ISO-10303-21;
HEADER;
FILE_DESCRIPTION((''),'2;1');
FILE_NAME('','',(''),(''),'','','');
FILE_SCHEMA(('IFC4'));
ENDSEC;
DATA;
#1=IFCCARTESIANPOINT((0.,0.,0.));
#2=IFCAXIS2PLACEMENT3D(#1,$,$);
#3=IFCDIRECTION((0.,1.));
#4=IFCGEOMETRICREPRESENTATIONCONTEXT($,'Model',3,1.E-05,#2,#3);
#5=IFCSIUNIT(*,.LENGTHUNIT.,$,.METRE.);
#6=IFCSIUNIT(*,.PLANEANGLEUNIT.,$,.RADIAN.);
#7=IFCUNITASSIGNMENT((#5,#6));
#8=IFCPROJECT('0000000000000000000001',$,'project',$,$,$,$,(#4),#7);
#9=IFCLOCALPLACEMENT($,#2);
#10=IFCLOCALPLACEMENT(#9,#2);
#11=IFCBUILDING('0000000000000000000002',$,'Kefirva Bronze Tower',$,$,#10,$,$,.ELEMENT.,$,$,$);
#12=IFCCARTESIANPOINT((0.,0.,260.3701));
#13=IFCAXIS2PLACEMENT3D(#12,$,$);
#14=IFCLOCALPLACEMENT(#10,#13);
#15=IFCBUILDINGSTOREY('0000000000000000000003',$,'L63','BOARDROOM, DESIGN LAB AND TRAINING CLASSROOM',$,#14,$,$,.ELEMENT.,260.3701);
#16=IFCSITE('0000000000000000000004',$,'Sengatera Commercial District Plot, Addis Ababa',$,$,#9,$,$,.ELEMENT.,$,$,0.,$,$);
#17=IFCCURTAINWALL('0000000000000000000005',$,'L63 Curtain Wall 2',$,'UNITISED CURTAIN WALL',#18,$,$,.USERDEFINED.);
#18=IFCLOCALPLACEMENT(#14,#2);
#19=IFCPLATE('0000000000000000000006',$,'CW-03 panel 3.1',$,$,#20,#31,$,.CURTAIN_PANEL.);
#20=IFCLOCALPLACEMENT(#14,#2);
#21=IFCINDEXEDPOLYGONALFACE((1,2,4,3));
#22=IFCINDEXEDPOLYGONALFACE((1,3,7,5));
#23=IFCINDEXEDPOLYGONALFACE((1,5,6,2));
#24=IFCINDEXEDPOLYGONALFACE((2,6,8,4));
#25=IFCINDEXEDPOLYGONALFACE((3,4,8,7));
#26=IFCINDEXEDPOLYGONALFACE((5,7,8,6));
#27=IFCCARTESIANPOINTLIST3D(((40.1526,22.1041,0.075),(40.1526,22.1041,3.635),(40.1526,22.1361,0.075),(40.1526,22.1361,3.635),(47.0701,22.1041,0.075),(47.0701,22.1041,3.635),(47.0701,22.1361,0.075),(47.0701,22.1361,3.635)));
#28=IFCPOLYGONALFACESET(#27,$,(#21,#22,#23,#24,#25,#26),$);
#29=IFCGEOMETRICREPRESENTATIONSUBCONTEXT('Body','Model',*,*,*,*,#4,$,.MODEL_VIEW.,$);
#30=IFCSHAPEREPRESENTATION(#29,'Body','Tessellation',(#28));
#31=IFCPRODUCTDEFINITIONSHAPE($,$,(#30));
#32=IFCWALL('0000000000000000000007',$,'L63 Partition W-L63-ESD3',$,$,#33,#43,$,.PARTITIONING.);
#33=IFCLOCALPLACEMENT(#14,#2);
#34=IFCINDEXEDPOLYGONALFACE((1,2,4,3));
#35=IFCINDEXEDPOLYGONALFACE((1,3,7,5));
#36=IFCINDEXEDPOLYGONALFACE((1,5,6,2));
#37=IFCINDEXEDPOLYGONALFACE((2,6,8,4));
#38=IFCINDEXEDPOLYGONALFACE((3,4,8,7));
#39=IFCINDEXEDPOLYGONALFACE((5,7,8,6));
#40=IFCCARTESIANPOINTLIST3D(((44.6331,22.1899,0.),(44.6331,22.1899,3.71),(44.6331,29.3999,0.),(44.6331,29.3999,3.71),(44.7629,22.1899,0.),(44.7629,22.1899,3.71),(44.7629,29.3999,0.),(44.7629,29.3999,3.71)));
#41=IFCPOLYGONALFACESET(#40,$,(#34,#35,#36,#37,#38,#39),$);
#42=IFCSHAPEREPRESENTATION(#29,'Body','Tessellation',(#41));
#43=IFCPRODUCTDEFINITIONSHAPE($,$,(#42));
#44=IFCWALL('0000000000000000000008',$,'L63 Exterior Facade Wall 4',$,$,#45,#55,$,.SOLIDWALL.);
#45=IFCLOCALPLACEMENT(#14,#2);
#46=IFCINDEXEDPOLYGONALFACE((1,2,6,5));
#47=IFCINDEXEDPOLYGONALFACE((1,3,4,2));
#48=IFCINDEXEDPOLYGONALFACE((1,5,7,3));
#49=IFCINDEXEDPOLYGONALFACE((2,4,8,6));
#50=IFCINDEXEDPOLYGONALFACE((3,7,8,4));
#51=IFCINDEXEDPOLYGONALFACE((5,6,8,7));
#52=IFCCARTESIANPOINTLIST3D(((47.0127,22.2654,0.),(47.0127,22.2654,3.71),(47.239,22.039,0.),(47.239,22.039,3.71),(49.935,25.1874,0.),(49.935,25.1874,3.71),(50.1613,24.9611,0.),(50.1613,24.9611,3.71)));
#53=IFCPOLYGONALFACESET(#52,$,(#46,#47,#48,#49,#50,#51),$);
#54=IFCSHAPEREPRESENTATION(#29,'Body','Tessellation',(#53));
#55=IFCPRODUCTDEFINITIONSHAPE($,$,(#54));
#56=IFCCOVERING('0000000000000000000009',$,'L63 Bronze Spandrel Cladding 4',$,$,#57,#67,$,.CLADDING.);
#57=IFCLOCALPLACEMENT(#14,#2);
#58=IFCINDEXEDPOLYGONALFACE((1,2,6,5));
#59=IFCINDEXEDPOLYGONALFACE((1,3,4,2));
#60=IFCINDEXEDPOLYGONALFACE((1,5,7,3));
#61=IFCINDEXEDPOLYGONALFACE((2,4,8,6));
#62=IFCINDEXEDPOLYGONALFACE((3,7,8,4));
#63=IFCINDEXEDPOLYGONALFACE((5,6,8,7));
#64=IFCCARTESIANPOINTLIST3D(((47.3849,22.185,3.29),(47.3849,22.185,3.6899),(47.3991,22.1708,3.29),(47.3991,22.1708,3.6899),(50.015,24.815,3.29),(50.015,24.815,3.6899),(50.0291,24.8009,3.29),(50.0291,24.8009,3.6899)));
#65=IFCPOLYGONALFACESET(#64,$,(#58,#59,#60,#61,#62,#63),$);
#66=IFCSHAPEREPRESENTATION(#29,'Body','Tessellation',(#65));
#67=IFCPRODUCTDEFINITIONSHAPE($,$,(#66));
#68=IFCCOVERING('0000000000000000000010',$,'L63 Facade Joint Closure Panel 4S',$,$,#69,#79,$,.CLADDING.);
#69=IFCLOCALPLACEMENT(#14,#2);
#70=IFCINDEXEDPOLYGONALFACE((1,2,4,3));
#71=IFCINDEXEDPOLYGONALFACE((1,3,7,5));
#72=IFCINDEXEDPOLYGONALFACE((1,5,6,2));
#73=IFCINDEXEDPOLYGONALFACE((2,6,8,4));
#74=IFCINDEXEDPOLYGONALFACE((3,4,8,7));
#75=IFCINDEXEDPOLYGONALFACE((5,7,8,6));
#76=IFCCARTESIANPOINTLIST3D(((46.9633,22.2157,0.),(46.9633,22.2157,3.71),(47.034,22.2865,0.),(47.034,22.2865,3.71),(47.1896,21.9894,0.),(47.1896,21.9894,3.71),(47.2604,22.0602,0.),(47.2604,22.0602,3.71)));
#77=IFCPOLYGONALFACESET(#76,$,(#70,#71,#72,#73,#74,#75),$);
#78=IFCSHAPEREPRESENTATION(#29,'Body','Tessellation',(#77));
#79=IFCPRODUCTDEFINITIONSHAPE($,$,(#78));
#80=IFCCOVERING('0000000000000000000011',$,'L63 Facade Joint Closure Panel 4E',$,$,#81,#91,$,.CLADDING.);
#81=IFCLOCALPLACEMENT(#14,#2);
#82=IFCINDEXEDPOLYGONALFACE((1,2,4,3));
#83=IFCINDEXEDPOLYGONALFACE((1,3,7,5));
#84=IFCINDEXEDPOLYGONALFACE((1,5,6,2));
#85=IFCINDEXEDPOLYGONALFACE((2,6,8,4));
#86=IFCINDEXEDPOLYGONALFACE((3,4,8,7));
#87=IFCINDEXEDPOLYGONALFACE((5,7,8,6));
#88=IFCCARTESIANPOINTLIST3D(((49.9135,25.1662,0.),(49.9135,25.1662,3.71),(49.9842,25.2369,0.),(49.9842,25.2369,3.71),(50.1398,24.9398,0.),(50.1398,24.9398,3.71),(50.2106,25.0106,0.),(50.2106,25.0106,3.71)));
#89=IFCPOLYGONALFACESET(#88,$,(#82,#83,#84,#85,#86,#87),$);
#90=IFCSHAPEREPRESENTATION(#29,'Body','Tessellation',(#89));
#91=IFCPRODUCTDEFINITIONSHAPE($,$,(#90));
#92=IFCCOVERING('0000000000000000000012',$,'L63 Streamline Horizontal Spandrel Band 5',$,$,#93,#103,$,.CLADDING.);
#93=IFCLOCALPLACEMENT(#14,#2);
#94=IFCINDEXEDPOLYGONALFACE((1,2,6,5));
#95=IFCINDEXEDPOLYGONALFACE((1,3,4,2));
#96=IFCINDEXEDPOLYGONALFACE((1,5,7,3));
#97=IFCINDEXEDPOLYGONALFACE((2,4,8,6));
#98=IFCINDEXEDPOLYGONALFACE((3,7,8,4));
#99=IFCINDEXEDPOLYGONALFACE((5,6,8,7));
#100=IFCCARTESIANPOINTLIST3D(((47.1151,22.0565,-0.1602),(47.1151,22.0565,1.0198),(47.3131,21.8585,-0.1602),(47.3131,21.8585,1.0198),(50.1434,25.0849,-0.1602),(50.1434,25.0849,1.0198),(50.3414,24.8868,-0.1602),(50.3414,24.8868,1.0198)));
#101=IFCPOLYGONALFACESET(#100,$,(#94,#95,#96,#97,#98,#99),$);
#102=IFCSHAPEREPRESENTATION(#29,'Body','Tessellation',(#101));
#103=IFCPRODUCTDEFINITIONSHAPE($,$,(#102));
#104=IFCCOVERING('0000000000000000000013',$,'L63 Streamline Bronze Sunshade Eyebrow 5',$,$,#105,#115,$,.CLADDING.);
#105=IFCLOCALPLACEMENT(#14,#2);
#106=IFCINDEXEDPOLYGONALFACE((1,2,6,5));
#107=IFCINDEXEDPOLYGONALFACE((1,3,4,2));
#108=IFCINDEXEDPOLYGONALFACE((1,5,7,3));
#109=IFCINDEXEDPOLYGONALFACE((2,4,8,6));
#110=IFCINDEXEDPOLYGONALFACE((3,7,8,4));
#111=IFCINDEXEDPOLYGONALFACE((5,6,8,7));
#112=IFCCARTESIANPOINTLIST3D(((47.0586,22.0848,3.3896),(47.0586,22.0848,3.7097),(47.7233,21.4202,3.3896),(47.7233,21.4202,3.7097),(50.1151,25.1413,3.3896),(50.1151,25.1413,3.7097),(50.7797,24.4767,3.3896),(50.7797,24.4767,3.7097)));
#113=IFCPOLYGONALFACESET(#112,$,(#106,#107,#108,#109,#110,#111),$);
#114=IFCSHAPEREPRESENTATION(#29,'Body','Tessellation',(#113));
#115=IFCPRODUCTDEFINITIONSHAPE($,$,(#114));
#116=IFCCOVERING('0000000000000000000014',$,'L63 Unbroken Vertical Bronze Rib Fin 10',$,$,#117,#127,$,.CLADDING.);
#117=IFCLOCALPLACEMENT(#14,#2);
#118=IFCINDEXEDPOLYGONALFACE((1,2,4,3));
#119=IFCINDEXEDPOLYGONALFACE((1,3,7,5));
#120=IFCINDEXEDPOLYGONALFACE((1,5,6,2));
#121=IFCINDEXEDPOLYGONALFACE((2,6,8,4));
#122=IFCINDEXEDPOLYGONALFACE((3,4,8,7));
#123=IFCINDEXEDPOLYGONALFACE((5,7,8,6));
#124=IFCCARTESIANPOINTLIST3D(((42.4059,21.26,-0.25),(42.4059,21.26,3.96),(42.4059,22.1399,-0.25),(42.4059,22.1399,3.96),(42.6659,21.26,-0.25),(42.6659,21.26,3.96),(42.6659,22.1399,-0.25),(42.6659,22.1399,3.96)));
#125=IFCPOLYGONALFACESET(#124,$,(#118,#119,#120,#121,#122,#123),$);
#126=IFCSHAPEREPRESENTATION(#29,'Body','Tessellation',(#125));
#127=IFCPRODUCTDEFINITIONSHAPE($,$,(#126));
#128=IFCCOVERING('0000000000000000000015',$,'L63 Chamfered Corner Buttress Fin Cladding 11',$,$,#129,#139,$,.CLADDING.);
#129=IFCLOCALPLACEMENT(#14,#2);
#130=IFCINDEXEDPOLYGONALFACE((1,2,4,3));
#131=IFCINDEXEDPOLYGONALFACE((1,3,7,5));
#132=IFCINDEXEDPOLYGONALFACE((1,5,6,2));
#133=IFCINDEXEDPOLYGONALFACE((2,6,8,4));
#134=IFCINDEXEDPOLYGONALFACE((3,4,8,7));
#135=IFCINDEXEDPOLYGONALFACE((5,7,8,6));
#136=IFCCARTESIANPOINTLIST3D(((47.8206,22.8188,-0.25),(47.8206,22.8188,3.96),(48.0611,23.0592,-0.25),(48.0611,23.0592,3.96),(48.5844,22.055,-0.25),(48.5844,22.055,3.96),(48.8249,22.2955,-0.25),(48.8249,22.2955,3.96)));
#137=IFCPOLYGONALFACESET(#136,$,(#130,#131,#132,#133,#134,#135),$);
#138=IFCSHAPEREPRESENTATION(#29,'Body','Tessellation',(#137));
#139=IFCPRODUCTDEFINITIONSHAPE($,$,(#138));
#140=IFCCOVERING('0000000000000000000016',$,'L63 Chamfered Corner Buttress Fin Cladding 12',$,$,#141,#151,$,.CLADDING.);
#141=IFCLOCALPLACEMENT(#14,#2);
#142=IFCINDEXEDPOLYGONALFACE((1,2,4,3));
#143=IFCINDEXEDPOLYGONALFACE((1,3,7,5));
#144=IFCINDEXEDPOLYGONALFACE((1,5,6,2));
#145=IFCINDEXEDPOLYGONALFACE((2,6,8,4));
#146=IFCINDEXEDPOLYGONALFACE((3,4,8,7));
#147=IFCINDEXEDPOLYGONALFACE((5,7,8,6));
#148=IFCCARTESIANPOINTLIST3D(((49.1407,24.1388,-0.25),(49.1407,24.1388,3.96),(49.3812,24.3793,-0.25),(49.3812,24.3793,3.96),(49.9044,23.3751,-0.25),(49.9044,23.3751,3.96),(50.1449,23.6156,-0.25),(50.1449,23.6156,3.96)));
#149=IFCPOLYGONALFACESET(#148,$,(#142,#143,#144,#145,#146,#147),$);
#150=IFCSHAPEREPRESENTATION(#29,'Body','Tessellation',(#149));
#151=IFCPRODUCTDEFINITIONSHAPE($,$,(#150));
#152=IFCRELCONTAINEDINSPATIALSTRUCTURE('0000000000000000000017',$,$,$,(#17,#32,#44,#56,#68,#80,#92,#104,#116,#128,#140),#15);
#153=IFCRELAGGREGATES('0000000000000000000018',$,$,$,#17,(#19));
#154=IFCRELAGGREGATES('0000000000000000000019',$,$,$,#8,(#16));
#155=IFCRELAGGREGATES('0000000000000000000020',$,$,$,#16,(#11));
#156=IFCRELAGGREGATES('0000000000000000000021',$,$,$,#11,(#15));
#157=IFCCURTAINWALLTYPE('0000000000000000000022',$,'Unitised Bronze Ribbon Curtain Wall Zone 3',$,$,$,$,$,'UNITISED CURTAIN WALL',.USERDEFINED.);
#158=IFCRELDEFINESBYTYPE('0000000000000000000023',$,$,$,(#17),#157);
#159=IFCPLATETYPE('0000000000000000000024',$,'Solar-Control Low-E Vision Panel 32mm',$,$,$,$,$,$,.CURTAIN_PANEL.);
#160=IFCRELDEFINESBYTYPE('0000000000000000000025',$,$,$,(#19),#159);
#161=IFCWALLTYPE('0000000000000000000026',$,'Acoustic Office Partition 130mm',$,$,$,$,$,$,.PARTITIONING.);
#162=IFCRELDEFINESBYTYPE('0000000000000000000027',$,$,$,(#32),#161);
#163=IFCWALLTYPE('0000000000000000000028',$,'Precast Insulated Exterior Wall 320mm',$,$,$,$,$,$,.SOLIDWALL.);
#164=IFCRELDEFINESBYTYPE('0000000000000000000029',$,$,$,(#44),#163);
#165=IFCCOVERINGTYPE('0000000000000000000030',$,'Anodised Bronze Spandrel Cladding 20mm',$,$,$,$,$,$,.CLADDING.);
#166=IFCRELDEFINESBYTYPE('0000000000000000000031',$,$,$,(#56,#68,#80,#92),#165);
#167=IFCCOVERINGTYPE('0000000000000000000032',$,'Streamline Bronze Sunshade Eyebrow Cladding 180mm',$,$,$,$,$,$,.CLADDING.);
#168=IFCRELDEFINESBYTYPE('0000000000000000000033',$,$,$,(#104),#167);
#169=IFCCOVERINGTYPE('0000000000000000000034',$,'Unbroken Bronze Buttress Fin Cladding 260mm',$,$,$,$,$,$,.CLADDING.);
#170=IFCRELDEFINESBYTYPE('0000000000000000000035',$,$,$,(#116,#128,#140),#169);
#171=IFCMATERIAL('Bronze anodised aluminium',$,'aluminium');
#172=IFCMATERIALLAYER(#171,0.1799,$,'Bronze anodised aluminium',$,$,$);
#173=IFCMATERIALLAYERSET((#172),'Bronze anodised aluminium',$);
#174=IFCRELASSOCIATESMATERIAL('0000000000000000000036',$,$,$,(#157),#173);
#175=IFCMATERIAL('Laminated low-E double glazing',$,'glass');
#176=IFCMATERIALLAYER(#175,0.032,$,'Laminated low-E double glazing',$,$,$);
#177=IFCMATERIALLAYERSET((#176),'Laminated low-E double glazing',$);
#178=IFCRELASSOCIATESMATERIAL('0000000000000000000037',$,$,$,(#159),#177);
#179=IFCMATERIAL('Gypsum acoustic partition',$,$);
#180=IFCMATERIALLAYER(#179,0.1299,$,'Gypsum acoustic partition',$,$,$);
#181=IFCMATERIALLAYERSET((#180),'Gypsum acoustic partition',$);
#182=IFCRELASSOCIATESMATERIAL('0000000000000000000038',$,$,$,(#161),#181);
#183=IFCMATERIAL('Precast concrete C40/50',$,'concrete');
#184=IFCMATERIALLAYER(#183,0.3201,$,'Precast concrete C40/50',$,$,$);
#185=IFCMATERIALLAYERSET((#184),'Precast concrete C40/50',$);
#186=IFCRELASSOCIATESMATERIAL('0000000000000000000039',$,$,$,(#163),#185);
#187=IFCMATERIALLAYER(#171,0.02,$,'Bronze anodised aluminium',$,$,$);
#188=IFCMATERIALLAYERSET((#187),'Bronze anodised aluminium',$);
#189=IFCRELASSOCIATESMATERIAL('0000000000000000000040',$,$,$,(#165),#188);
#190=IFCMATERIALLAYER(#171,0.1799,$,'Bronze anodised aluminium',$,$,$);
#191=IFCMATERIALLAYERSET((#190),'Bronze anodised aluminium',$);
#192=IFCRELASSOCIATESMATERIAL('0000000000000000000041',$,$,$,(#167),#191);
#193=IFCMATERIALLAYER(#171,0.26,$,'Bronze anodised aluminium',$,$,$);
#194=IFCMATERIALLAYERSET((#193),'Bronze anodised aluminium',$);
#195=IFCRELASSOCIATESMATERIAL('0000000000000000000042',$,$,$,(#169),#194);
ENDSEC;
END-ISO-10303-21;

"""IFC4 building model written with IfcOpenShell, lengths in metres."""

from ifc_helpers import new_model, si_unit, direction, frame, frame_2d, origin, origin_2d, place, context, subcontext, project, spatial, rectangle, extrude, material, layer, layer_set, type_object, element, aggregate, save


model = new_model("IFC4")

# Units and contexts
model_context = context("Model", 3, precision=1e-05, world=origin(), true_north=direction((0.0, 1.0)))
body_context = subcontext(model_context, "Body", "Model", "MODEL_VIEW")
ifc_project = project(units=[si_unit("LENGTHUNIT", "METRE"), si_unit("PLANEANGLEUNIT", "RADIAN")], contexts=[model_context])

# Site, building, storey
site_placement = place(None, origin())
site = spatial("IfcSite", under=ifc_project, at=site_placement, Name="Sengatera Commercial District Plot, Addis Ababa", CompositionType="ELEMENT", RefElevation=0.0)
building_placement = place(site_placement, origin())
building = spatial("IfcBuilding", under=site, at=building_placement, Name="Kefirva Bronze Tower", CompositionType="ELEMENT")
storey_placement = place(building_placement, frame((0.0, 0.0, 260.3701)))
storey = spatial("IfcBuildingStorey", under=building, at=storey_placement, Name="L63", Description="BOARDROOM, DESIGN LAB AND TRAINING CLASSROOM", CompositionType="ELEMENT", Elevation=260.3701)

# Curtain wall
ifc_material_1 = material(Name="Bronze anodised aluminium", Category="aluminium")
ifc_layer_1 = layer(ifc_material_1, 0.1799, Name="Bronze anodised aluminium")
ifc_layer_set_1 = layer_set([ifc_layer_1], Name="Bronze anodised aluminium")
curtain_wall_type = type_object("IfcCurtainWallType", Name="Unitised Bronze Ribbon Curtain Wall Zone 3", ElementType="UNITISED CURTAIN WALL", PredefinedType="USERDEFINED", material=ifc_layer_set_1)
curtain_wall_1_placement = place(storey_placement, origin())
curtain_wall_1 = element("IfcCurtainWall", 1, at=curtain_wall_1_placement, inside=storey, type_object=curtain_wall_type, Name="L63 Curtain Wall 2", ObjectType="UNITISED CURTAIN WALL", PredefinedType="USERDEFINED")

# Plate
ifc_material_2 = material(Name="Laminated low-E double glazing", Category="glass")
ifc_layer_2 = layer(ifc_material_2, 0.032, Name="Laminated low-E double glazing")
ifc_layer_set_2 = layer_set([ifc_layer_2], Name="Laminated low-E double glazing")
plate_type = type_object("IfcPlateType", Name="Solar-Control Low-E Vision Panel 32mm", PredefinedType="CURTAIN_PANEL", material=ifc_layer_set_2)
plate_placement = place(storey_placement, frame((43.6113, 22.1201, 0.075), z_axis=(0.0, 0.0, 1.0), x_axis=(1.0, 0.0, 0.0)))
plate = element("IfcPlate", 2, at=plate_placement, type_object=plate_type, Name="CW-03 panel 3.1", PredefinedType="CURTAIN_PANEL", context=body_context, shape_type="SweptSolid", body=[
    extrude(rectangle(XDim=6.9175, YDim=0.032, at=origin_2d()), origin(), (0.0, 0.0, 1.0), 3.5601),
])
aggregate(curtain_wall_1, [plate])

# Walls
ifc_material_3 = material(Name="Gypsum acoustic partition")
ifc_layer_3 = layer(ifc_material_3, 0.1299, Name="Gypsum acoustic partition")
ifc_layer_set_3 = layer_set([ifc_layer_3], Name="Gypsum acoustic partition")
wall_type_1 = type_object("IfcWallType", Name="Acoustic Office Partition 130mm", PredefinedType="PARTITIONING", material=ifc_layer_set_3)
wall_1_placement = place(storey_placement, frame((44.698, 22.1899, 0.0), z_axis=(0.0, 0.0, 1.0), x_axis=(0.0, 1.0, 0.0)))
element("IfcWall", 3, at=wall_1_placement, inside=storey, type_object=wall_type_1, Name="L63 Partition W-L63-ESD3", PredefinedType="PARTITIONING", context=body_context, shape_type="SweptSolid", body=[
    extrude(rectangle(XDim=7.21, YDim=0.1299, at=frame_2d((3.605, 0.0))), origin(), (0.0, 0.0, 1.0), 3.71),
])
ifc_material_4 = material(Name="Precast concrete C40/50", Category="concrete")
ifc_layer_4 = layer(ifc_material_4, 0.3201, Name="Precast concrete C40/50")
ifc_layer_set_4 = layer_set([ifc_layer_4], Name="Precast concrete C40/50")
wall_type_2 = type_object("IfcWallType", Name="Precast Insulated Exterior Wall 320mm", PredefinedType="SOLIDWALL", material=ifc_layer_set_4)
wall_2_placement = place(storey_placement, frame((47.1257, 22.1521, 0.0), z_axis=(0.0, 0.0, 1.0), x_axis=(0.707136, 0.707077, 0.0)))
element("IfcWall", 4, at=wall_2_placement, inside=storey, type_object=wall_type_2, Name="L63 Exterior Facade Wall 4", PredefinedType="SOLIDWALL", context=body_context, shape_type="SweptSolid", body=[
    extrude(rectangle(XDim=4.1326, YDim=0.3201, at=frame_2d((2.0664, 0.0))), origin(), (0.0, 0.0, 1.0), 3.71),
])

# Coverings
ifc_layer_5 = layer(ifc_material_1, 0.02, Name="Bronze anodised aluminium")
ifc_layer_set_5 = layer_set([ifc_layer_5], Name="Bronze anodised aluminium")
covering_type_1 = type_object("IfcCoveringType", Name="Anodised Bronze Spandrel Cladding 20mm", PredefinedType="CLADDING", material=ifc_layer_set_5)
covering_1_placement = place(storey_placement, frame((48.707, 23.4929, 3.29), z_axis=(0.0, 0.0, 1.0), x_axis=(0.707107, 0.707107, 0.0)))
element("IfcCovering", 5, at=covering_1_placement, inside=storey, type_object=covering_type_1, Name="L63 Bronze Spandrel Cladding 4", PredefinedType="CLADDING", context=body_context, shape_type="SweptSolid", body=[
    extrude(rectangle(XDim=3.7195, YDim=0.02, at=origin_2d()), origin(), (0.0, 0.0, 1.0), 0.3999),
])
for number, where, z_axis, x_axis, name in (
    (6, (47.1118, 22.1379, 0.0), (0.0, 0.0, 1.0), (0.707107, 0.707107, 0.0), "L63 Facade Joint Closure Panel 4S"),
    (7, (50.062, 25.0884, 0.0), (0.0, 0.0, 1.0), (0.707107, 0.707107, 0.0), "L63 Facade Joint Closure Panel 4E"),
):
    element("IfcCovering", number, at=place(storey_placement, frame(where, z_axis=z_axis, x_axis=x_axis)), inside=storey, type_object=covering_type_1, Name=name, PredefinedType="CLADDING", context=body_context, shape_type="SweptSolid", body=[
        extrude(rectangle(XDim=0.1001, YDim=0.3201, at=origin_2d()), origin(), (0.0, 0.0, 1.0), 3.71),
    ])
covering_2_placement = place(storey_placement, frame((48.7283, 23.4717, -0.1602), z_axis=(0.0, 0.0, 1.0), x_axis=(0.707107, 0.707107, 0.0)))
element("IfcCovering", 8, at=covering_2_placement, inside=storey, type_object=covering_type_1, Name="L63 Streamline Horizontal Spandrel Band 5", PredefinedType="CLADDING", context=body_context, shape_type="SweptSolid", body=[
    extrude(rectangle(XDim=4.2827, YDim=0.28, at=origin_2d()), origin(), (0.0, 0.0, 1.0), 1.1799),
])
ifc_layer_6 = layer(ifc_material_1, 0.1799, Name="Bronze anodised aluminium")
ifc_layer_set_6 = layer_set([ifc_layer_6], Name="Bronze anodised aluminium")
covering_type_2 = type_object("IfcCoveringType", Name="Streamline Bronze Sunshade Eyebrow Cladding 180mm", PredefinedType="CLADDING", material=ifc_layer_set_6)
covering_3_placement = place(storey_placement, frame((48.9192, 23.2808, 3.3896), z_axis=(0.0, 0.0, 1.0), x_axis=(0.707107, 0.707107, 0.0)))
element("IfcCovering", 9, at=covering_3_placement, inside=storey, type_object=covering_type_2, Name="L63 Streamline Bronze Sunshade Eyebrow 5", PredefinedType="CLADDING", context=body_context, shape_type="SweptSolid", body=[
    extrude(rectangle(XDim=4.3225, YDim=0.9399, at=origin_2d()), origin(), (0.0, 0.0, 1.0), 0.3201),
])
ifc_layer_7 = layer(ifc_material_1, 0.26, Name="Bronze anodised aluminium")
ifc_layer_set_7 = layer_set([ifc_layer_7], Name="Bronze anodised aluminium")
covering_type_3 = type_object("IfcCoveringType", Name="Unbroken Bronze Buttress Fin Cladding 260mm", PredefinedType="CLADDING", material=ifc_layer_set_7)
covering_4_placement = place(storey_placement, frame((42.5359, 21.7, -0.25), z_axis=(0.0, 0.0, 1.0), x_axis=(1.0, 0.0, 0.0)))
element("IfcCovering", 10, at=covering_4_placement, inside=storey, type_object=covering_type_3, Name="L63 Unbroken Vertical Bronze Rib Fin 10", PredefinedType="CLADDING", context=body_context, shape_type="SweptSolid", body=[
    extrude(rectangle(XDim=0.26, YDim=0.8799, at=origin_2d()), origin(), (0.0, 0.0, 1.0), 4.21),
])
for number, where, z_axis, x_axis, name in (
    (11, (48.3228, 22.5571, -0.25), (0.0, 0.0, 1.0), (0.707107, 0.707107, 0.0), "L63 Chamfered Corner Buttress Fin Cladding 11"),
    (12, (49.6428, 23.8772, -0.25), (0.0, 0.0, 1.0), (0.707107, 0.707107, 0.0), "L63 Chamfered Corner Buttress Fin Cladding 12"),
):
    element("IfcCovering", number, at=place(storey_placement, frame(where, z_axis=z_axis, x_axis=x_axis)), inside=storey, type_object=covering_type_3, Name=name, PredefinedType="CLADDING", context=body_context, shape_type="SweptSolid", body=[
        extrude(rectangle(XDim=0.3401, YDim=1.0801, at=origin_2d()), origin(), (0.0, 0.0, 1.0), 4.21),
    ])

save(model, "model.ifc")
